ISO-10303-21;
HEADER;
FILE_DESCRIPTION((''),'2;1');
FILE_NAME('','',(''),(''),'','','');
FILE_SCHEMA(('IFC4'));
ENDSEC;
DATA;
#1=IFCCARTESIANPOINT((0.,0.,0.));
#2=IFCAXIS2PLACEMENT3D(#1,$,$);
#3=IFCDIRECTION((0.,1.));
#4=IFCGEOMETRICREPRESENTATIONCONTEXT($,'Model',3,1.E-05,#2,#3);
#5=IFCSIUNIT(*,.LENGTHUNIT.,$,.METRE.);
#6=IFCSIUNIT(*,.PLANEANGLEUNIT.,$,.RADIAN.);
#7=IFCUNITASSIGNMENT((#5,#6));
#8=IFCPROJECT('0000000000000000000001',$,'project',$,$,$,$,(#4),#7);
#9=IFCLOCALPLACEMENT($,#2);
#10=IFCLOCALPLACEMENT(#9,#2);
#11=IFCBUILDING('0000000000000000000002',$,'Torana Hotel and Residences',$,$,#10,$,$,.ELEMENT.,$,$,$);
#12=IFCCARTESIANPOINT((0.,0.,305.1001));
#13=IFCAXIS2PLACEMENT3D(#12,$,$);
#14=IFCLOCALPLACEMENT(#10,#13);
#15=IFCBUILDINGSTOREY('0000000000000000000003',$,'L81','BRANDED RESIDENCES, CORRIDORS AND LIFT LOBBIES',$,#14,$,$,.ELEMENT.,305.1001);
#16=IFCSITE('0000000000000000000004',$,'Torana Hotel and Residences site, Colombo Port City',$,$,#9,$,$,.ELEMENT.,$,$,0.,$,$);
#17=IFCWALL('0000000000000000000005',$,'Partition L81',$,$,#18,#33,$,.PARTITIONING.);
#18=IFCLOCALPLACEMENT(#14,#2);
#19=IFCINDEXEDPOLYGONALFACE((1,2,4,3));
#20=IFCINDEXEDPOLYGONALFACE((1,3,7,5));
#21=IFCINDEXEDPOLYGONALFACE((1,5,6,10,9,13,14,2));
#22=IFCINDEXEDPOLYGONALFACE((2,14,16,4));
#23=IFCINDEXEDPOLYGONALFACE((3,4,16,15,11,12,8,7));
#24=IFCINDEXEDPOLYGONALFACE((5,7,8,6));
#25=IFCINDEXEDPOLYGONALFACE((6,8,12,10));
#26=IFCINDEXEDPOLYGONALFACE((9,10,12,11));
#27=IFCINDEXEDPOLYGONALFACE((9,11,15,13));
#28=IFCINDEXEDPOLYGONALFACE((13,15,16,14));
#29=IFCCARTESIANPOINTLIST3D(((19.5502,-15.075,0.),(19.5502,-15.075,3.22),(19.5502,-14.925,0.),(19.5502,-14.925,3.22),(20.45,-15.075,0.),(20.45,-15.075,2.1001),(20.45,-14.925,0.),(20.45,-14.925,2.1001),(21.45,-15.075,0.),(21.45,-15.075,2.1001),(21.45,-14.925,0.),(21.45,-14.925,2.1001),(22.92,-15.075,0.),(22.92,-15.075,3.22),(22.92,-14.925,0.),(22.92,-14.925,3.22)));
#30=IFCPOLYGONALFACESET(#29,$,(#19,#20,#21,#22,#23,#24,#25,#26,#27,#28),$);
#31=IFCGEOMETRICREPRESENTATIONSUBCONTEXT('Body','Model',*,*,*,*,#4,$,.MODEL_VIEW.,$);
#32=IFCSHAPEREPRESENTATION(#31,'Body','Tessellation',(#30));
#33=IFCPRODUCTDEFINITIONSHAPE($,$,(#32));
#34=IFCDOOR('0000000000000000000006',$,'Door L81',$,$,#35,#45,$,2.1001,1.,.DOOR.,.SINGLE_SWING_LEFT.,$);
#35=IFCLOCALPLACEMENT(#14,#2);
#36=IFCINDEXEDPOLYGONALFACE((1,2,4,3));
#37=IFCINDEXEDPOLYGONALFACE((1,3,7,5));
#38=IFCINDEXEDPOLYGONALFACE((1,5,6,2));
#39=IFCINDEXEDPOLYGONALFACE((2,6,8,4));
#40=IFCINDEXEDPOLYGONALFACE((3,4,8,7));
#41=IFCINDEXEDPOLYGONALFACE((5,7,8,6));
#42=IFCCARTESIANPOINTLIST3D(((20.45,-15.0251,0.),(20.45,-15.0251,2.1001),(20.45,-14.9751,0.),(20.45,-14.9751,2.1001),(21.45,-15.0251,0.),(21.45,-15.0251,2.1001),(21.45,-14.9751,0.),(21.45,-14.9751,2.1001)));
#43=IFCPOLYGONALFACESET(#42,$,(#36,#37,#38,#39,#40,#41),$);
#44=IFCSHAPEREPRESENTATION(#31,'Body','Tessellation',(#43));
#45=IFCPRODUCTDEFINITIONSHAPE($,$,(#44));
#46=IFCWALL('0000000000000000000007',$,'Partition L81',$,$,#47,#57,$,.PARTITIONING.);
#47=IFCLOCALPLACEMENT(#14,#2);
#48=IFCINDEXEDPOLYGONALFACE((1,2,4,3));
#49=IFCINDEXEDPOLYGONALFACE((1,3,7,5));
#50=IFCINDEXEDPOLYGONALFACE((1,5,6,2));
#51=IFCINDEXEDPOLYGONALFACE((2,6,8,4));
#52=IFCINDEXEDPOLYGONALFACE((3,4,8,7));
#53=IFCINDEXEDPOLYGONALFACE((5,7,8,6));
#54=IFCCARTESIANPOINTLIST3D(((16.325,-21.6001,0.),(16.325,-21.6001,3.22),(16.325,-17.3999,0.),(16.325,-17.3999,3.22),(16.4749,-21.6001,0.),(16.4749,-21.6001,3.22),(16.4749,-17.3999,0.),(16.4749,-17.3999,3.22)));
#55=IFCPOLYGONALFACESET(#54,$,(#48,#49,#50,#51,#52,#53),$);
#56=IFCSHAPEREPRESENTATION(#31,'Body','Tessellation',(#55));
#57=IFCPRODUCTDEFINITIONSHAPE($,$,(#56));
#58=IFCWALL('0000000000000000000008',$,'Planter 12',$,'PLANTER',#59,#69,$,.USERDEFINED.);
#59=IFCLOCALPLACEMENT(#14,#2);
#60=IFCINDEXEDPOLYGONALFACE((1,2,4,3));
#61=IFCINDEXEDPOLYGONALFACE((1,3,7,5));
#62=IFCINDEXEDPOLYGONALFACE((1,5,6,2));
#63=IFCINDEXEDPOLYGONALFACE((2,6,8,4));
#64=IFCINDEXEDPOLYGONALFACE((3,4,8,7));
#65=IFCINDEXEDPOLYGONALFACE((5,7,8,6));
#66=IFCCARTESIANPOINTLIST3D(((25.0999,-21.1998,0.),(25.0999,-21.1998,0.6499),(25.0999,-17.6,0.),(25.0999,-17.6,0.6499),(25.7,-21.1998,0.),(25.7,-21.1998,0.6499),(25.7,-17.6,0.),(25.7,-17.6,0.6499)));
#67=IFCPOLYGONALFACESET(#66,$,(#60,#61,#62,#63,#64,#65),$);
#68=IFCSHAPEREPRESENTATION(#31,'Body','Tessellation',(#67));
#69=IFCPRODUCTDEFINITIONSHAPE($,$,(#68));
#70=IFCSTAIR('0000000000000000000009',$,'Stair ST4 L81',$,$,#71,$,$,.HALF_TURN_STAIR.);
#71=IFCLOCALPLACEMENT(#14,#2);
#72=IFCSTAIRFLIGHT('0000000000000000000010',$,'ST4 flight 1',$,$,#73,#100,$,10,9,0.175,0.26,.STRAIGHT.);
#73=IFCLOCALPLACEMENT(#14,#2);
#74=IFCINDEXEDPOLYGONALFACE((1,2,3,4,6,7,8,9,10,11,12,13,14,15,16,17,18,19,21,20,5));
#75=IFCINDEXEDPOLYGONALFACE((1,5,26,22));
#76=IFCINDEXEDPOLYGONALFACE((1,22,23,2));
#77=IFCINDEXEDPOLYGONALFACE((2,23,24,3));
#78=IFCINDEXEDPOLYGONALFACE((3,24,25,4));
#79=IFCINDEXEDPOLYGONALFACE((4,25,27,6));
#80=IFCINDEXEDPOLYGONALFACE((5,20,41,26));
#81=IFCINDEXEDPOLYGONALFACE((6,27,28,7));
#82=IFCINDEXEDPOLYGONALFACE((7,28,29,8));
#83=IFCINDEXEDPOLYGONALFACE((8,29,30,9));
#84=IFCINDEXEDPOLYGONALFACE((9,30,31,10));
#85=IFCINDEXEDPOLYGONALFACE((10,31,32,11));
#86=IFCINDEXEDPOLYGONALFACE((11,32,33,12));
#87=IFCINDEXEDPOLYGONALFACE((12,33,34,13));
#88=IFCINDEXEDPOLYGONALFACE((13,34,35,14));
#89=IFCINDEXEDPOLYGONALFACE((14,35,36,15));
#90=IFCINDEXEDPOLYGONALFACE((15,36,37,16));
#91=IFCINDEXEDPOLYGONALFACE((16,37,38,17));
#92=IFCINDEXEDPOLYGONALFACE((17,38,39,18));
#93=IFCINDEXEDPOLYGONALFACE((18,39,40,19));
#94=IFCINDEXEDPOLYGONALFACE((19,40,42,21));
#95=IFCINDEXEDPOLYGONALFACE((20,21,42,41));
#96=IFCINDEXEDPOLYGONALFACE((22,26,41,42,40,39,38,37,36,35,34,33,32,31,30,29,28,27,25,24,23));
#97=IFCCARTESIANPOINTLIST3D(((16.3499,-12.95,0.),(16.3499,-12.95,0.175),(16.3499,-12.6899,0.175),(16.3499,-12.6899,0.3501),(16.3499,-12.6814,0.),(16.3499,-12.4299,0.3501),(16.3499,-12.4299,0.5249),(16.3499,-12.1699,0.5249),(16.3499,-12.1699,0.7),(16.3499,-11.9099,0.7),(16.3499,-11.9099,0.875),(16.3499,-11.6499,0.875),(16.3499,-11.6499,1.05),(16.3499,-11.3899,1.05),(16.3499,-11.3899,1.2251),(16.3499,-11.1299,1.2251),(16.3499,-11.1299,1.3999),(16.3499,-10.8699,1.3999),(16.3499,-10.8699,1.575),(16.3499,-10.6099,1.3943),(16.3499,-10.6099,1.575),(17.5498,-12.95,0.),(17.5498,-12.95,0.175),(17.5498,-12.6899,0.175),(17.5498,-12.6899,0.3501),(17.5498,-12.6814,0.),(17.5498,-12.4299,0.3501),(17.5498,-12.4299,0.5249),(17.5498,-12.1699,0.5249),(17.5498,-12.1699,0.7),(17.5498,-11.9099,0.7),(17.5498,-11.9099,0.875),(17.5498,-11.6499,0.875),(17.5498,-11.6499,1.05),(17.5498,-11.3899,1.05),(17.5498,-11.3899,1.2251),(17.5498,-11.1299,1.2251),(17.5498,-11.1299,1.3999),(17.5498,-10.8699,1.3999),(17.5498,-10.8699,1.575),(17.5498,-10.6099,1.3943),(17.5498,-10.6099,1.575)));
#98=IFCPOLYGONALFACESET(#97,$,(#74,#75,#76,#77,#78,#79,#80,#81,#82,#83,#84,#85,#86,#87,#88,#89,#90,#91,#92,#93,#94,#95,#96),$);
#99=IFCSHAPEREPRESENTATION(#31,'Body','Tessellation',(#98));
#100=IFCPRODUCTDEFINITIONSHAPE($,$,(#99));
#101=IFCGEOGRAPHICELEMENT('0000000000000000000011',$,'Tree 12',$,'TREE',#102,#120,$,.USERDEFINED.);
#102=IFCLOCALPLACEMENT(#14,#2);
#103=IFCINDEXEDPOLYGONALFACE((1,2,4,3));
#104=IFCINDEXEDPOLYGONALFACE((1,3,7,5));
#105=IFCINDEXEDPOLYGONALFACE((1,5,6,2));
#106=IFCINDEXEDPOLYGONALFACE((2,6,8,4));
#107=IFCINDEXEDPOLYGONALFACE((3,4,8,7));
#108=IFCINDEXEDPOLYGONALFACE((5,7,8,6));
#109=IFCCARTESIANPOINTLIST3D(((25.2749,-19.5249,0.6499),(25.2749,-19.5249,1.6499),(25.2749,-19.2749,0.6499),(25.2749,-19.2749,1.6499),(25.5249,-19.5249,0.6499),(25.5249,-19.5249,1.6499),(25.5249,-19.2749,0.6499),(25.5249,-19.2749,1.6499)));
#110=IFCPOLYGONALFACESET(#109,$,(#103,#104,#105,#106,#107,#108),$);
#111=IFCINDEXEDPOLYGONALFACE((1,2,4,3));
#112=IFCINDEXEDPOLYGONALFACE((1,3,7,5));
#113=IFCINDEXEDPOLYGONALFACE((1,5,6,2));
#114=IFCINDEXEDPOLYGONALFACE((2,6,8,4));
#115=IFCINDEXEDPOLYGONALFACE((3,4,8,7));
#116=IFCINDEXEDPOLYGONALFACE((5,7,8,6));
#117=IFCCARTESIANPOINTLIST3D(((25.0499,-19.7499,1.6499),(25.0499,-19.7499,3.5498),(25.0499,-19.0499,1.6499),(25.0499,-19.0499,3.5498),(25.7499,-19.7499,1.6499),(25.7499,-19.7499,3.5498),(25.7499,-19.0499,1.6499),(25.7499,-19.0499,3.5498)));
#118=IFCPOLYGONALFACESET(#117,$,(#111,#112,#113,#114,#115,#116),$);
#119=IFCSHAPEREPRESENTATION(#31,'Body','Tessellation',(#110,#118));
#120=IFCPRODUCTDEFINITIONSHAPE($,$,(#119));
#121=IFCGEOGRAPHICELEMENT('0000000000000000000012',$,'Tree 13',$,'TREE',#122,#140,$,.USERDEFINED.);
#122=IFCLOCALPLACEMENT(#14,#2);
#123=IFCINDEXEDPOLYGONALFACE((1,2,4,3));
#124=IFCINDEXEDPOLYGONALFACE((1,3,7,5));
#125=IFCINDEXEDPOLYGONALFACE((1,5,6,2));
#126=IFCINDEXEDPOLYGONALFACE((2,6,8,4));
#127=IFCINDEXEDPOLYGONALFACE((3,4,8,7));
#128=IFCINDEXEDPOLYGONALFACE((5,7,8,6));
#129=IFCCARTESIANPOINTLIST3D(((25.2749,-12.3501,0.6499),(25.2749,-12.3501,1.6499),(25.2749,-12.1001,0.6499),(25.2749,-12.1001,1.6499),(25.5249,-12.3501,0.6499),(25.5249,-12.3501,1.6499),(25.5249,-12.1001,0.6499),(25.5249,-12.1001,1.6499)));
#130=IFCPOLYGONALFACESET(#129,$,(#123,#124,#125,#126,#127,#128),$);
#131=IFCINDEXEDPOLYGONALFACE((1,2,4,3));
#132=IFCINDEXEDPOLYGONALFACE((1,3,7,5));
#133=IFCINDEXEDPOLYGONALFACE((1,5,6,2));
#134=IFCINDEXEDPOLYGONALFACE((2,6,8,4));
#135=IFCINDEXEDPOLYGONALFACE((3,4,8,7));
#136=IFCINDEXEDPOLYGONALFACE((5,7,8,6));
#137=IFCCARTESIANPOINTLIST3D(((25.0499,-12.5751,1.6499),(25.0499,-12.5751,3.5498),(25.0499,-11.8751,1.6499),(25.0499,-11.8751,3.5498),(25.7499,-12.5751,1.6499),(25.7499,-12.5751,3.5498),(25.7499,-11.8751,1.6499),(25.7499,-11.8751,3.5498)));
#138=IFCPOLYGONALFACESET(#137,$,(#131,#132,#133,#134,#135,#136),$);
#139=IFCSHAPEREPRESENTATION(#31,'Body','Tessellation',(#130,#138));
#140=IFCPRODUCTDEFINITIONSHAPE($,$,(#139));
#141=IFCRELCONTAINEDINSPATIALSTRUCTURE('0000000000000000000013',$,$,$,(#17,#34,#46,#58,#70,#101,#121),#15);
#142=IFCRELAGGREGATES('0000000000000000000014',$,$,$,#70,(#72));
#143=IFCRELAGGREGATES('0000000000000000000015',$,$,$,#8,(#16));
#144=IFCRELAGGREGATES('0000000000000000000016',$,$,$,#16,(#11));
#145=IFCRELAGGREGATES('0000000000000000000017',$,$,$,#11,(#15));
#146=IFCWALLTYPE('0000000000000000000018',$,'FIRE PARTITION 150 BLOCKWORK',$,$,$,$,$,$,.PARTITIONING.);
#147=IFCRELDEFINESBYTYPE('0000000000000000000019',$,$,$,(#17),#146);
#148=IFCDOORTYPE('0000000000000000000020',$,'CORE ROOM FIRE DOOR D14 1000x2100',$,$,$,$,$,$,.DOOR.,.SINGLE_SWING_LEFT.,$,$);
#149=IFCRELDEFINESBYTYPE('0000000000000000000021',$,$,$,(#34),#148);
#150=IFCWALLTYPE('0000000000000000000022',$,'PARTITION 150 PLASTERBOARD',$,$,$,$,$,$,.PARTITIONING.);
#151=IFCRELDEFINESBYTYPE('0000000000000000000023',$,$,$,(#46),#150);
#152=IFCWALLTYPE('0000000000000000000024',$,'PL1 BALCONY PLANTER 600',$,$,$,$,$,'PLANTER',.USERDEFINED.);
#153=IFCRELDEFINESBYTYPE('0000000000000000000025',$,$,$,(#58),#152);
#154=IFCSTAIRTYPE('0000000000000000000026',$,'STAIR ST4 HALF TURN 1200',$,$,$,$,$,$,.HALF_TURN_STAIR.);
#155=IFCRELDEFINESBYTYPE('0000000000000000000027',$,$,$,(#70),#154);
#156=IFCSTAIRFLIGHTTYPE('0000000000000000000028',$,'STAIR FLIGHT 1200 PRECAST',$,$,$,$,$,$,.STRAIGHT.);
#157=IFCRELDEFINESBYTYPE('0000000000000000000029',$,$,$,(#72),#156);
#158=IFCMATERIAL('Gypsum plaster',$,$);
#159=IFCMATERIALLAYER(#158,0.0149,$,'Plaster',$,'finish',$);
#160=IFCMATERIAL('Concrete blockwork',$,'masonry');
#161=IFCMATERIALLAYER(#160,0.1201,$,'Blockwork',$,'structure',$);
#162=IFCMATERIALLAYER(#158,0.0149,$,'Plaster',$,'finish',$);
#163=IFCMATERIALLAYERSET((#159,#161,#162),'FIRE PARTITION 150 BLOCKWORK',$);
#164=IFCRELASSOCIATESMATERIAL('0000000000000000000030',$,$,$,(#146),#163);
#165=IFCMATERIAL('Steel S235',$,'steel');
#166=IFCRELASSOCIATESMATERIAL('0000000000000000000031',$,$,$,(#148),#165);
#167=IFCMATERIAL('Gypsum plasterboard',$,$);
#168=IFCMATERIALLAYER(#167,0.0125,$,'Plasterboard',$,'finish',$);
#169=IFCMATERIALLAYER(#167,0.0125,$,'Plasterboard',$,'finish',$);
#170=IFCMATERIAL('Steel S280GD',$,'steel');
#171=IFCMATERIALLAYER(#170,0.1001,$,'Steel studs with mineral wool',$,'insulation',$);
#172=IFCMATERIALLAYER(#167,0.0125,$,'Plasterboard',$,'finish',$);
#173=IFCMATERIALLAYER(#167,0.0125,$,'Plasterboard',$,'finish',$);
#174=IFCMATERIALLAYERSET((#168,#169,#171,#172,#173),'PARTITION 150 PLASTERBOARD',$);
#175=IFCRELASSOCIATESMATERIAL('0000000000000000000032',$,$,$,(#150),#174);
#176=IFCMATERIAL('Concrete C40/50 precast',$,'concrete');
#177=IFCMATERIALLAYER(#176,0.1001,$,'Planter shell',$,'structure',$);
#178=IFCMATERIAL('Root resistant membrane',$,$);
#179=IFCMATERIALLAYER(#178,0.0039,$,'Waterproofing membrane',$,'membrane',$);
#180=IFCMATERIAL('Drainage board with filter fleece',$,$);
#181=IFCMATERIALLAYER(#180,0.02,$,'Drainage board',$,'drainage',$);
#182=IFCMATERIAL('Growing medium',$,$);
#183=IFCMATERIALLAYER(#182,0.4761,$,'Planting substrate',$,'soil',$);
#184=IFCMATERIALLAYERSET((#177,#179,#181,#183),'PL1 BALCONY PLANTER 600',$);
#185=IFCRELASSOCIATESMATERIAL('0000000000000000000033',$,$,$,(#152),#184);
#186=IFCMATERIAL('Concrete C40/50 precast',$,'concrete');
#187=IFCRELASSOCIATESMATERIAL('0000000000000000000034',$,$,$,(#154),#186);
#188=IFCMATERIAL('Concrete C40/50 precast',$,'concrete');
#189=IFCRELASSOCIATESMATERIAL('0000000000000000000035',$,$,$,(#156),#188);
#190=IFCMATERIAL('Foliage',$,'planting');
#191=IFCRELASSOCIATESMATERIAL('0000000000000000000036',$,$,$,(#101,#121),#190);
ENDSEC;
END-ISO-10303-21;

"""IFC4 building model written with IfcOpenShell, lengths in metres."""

from ifc_helpers import new_model, si_unit, direction, frame, frame_2d, origin, origin_2d, place, context, subcontext, project, spatial, polyline, rectangle, outline, extrude, material, layer, layer_set, type_object, element, fill, aggregate, save


model = new_model("IFC4")

# Units and contexts
model_context = context("Model", 3, precision=1e-05, world=origin(), true_north=direction((0.0, 1.0)))
body_context = subcontext(model_context, "Body", "Model", "MODEL_VIEW")
ifc_project = project(units=[si_unit("LENGTHUNIT", "METRE"), si_unit("PLANEANGLEUNIT", "RADIAN")], contexts=[model_context])

# Site, building, storey
site_placement = place(None, origin())
site = spatial("IfcSite", under=ifc_project, at=site_placement, Name="Torana Hotel and Residences site, Colombo Port City", CompositionType="ELEMENT", RefElevation=0.0)
building_placement = place(site_placement, origin())
building = spatial("IfcBuilding", under=site, at=building_placement, Name="Torana Hotel and Residences", CompositionType="ELEMENT")
storey_placement = place(building_placement, frame((0.0, 0.0, 305.1001)))
storey = spatial("IfcBuildingStorey", under=building, at=storey_placement, Name="L81", Description="BRANDED RESIDENCES, CORRIDORS AND LIFT LOBBIES", CompositionType="ELEMENT", Elevation=305.1001)

# Wall, opening, door
ifc_material_1 = material(Name="Gypsum plaster")
ifc_layer_1 = layer(ifc_material_1, 0.0149, Name="Plaster", Category="finish")
ifc_material_2 = material(Name="Concrete blockwork", Category="masonry")
ifc_layer_2 = layer(ifc_material_2, 0.1201, Name="Blockwork", Category="structure")
ifc_layer_3 = layer(ifc_material_1, 0.0149, Name="Plaster", Category="finish")
ifc_layer_set_1 = layer_set([ifc_layer_1, ifc_layer_2, ifc_layer_3], Name="FIRE PARTITION 150 BLOCKWORK")
wall_type_1 = type_object("IfcWallType", Name="FIRE PARTITION 150 BLOCKWORK", PredefinedType="PARTITIONING", material=ifc_layer_set_1)
wall_1_placement = place(storey_placement, frame((19.55, -15.0, 0.0), z_axis=(0.0, 0.0, 1.0), x_axis=(1.0, 0.0, 0.0)))
wall_1 = element("IfcWall", 1, at=wall_1_placement, inside=storey, type_object=wall_type_1, Name="Partition L81", PredefinedType="PARTITIONING", context=body_context, shape_type="SweptSolid", body=[
    extrude(rectangle(XDim=3.3699, YDim=0.1499, at=frame_2d((1.6851, 0.0))), origin(), (0.0, 0.0, 1.0), 3.22),
])
opening_placement = place(wall_1_placement, frame((0.8999, 0.0, 0.0)))
opening = element("IfcOpeningElement", 2, at=opening_placement, cuts=wall_1, PredefinedType="OPENING", context=body_context, shape_type="SweptSolid", body=[
    extrude(rectangle(XDim=1.0, YDim=2.1001, at=frame_2d((0.5, 1.05))), frame((0.0, 0.085, 0.0), z_axis=(0.0, -1.0, 0.0), x_axis=(1.0, 0.0, 0.0)), (0.0, 0.0, 1.0), 0.1699),
])
ifc_material_3 = material(Name="Steel S235", Category="steel")
door_type = type_object("IfcDoorType", Name="CORE ROOM FIRE DOOR D14 1000x2100", OperationType="SINGLE_SWING_LEFT", PredefinedType="DOOR", material=ifc_material_3)
door_placement = place(opening_placement, origin())
door = element("IfcDoor", 3, at=door_placement, inside=storey, type_object=door_type, Name="Door L81", OperationType="SINGLE_SWING_LEFT", OverallHeight=2.1001, OverallWidth=1.0, PredefinedType="DOOR", context=body_context, shape_type="SweptSolid", body=[
    extrude(rectangle(XDim=1.0, YDim=2.1001, at=frame_2d((0.5, 1.05))), frame((0.0, 0.0249, 0.0), z_axis=(0.0, -1.0, 0.0), x_axis=(1.0, 0.0, 0.0)), (0.0, 0.0, 1.0), 0.05),
])
fill(opening, door)

# Walls
ifc_material_4 = material(Name="Gypsum plasterboard")
ifc_layer_4 = layer(ifc_material_4, 0.0125, Name="Plasterboard", Category="finish")
ifc_layer_5 = layer(ifc_material_4, 0.0125, Name="Plasterboard", Category="finish")
ifc_material_5 = material(Name="Steel S280GD", Category="steel")
ifc_layer_6 = layer(ifc_material_5, 0.1001, Name="Steel studs with mineral wool", Category="insulation")
ifc_layer_7 = layer(ifc_material_4, 0.0125, Name="Plasterboard", Category="finish")
ifc_layer_8 = layer(ifc_material_4, 0.0125, Name="Plasterboard", Category="finish")
ifc_layer_set_2 = layer_set([ifc_layer_4, ifc_layer_5, ifc_layer_6, ifc_layer_7, ifc_layer_8], Name="PARTITION 150 PLASTERBOARD")
wall_type_2 = type_object("IfcWallType", Name="PARTITION 150 PLASTERBOARD", PredefinedType="PARTITIONING", material=ifc_layer_set_2)
wall_2_placement = place(storey_placement, frame((16.3999, -21.6001, 0.0), z_axis=(0.0, 0.0, 1.0), x_axis=(0.0, 1.0, 0.0)))
element("IfcWall", 4, at=wall_2_placement, inside=storey, type_object=wall_type_2, Name="Partition L81", PredefinedType="PARTITIONING", context=body_context, shape_type="SweptSolid", body=[
    extrude(rectangle(XDim=4.2002, YDim=0.1499, at=frame_2d((2.1001, 0.0))), origin(), (0.0, 0.0, 1.0), 3.22),
])
ifc_material_6 = material(Name="Concrete C40/50 precast", Category="concrete")
ifc_layer_9 = layer(ifc_material_6, 0.1001, Name="Planter shell", Category="structure")
ifc_material_7 = material(Name="Root resistant membrane")
ifc_layer_10 = layer(ifc_material_7, 0.0039, Name="Waterproofing membrane", Category="membrane")
ifc_material_8 = material(Name="Drainage board with filter fleece")
ifc_layer_11 = layer(ifc_material_8, 0.02, Name="Drainage board", Category="drainage")
ifc_material_9 = material(Name="Growing medium")
ifc_layer_12 = layer(ifc_material_9, 0.4761, Name="Planting substrate", Category="soil")
ifc_layer_set_3 = layer_set([ifc_layer_9, ifc_layer_10, ifc_layer_11, ifc_layer_12], Name="PL1 BALCONY PLANTER 600")
wall_type_3 = type_object("IfcWallType", Name="PL1 BALCONY PLANTER 600", ElementType="PLANTER", PredefinedType="USERDEFINED", material=ifc_layer_set_3)
wall_3_placement = place(storey_placement, frame((25.3999, -17.6001, 0.0), z_axis=(0.0, 0.0, 1.0), x_axis=(0.0, -1.0, 0.0)))
element("IfcWall", 5, at=wall_3_placement, inside=storey, type_object=wall_type_3, Name="Planter 12", ObjectType="PLANTER", PredefinedType="USERDEFINED", context=body_context, shape_type="SweptSolid", body=[
    extrude(rectangle(XDim=3.5999, YDim=0.6001, at=frame_2d((1.7998, 0.0))), origin(), (0.0, 0.0, 1.0), 0.6499),
])

# Stair, stair flight
ifc_material_10 = material(Name="Concrete C40/50 precast", Category="concrete")
stair_type = type_object("IfcStairType", Name="STAIR ST4 HALF TURN 1200", PredefinedType="HALF_TURN_STAIR", material=ifc_material_10)
stair_placement = place(storey_placement, origin())
stair = element("IfcStair", 6, at=stair_placement, inside=storey, type_object=stair_type, Name="Stair ST4 L81", PredefinedType="HALF_TURN_STAIR")
ifc_material_11 = material(Name="Concrete C40/50 precast", Category="concrete")
stair_flight_type = type_object("IfcStairFlightType", Name="STAIR FLIGHT 1200 PRECAST", PredefinedType="STRAIGHT", material=ifc_material_11)
stair_flight_placement = place(storey_placement, frame((16.95, -12.95, 0.0), z_axis=(0.0, 0.0, 1.0), x_axis=(0.0, 1.0, 0.0)))
stair_flight = element("IfcStairFlight", 7, at=stair_flight_placement, type_object=stair_flight_type, Name="ST4 flight 1", NumberOfRisers=10, NumberOfTreads=9, PredefinedType="STRAIGHT", RiserHeight=0.175, TreadLength=0.26, context=body_context, shape_type="SweptSolid", body=[
    extrude(outline(polyline([(0.0, 0.0), (0.0, 0.175), (0.26, 0.175), (0.26, 0.3501), (0.52, 0.3501), (0.52, 0.5249), (0.78, 0.5249), (0.78, 0.7), (1.04, 0.7), (1.04, 0.875), (1.3, 0.875), (1.3, 1.05), (1.5601, 1.05), (1.5601, 1.2251), (1.8201, 1.2251), (1.8201, 1.3999), (2.0801, 1.3999), (2.0801, 1.575), (2.3401, 1.575), (2.3401, 1.75), (2.3401, 1.3943), (0.2686, 0.0), (0.0, 0.0)])), frame((0.0, 0.6001, 0.0), z_axis=(0.0, -1.0, 0.0), x_axis=(1.0, 0.0, 0.0)), (0.0, 0.0, 1.0), 1.2),
])
aggregate(stair, [stair_flight])

# Geographic elements
ifc_material_12 = material(Name="Foliage", Category="planting")
for number, where, z_axis, x_axis, name in (
    (8, (25.3999, -19.3999, 0.6499), (0.0, 0.0, 1.0), (1.0, 0.0, 0.0), "Tree 12"),
    (9, (25.3999, -12.2251, 0.6499), (0.0, 0.0, 1.0), (1.0, 0.0, 0.0), "Tree 13"),
):
    element("IfcGeographicElement", number, at=place(storey_placement, frame(where, z_axis=z_axis, x_axis=x_axis)), inside=storey, material=ifc_material_12, Name=name, ObjectType="TREE", PredefinedType="USERDEFINED", context=body_context, shape_type="SweptSolid", body=[
        extrude(rectangle(XDim=0.25, YDim=0.25, at=origin_2d()), origin(), (0.0, 0.0, 1.0), 1.0),
        extrude(rectangle(XDim=0.7, YDim=0.7, at=origin_2d()), frame((0.0, 0.0, 1.0)), (0.0, 0.0, 1.0), 1.8999),
    ])

save(model, "model.ifc")
